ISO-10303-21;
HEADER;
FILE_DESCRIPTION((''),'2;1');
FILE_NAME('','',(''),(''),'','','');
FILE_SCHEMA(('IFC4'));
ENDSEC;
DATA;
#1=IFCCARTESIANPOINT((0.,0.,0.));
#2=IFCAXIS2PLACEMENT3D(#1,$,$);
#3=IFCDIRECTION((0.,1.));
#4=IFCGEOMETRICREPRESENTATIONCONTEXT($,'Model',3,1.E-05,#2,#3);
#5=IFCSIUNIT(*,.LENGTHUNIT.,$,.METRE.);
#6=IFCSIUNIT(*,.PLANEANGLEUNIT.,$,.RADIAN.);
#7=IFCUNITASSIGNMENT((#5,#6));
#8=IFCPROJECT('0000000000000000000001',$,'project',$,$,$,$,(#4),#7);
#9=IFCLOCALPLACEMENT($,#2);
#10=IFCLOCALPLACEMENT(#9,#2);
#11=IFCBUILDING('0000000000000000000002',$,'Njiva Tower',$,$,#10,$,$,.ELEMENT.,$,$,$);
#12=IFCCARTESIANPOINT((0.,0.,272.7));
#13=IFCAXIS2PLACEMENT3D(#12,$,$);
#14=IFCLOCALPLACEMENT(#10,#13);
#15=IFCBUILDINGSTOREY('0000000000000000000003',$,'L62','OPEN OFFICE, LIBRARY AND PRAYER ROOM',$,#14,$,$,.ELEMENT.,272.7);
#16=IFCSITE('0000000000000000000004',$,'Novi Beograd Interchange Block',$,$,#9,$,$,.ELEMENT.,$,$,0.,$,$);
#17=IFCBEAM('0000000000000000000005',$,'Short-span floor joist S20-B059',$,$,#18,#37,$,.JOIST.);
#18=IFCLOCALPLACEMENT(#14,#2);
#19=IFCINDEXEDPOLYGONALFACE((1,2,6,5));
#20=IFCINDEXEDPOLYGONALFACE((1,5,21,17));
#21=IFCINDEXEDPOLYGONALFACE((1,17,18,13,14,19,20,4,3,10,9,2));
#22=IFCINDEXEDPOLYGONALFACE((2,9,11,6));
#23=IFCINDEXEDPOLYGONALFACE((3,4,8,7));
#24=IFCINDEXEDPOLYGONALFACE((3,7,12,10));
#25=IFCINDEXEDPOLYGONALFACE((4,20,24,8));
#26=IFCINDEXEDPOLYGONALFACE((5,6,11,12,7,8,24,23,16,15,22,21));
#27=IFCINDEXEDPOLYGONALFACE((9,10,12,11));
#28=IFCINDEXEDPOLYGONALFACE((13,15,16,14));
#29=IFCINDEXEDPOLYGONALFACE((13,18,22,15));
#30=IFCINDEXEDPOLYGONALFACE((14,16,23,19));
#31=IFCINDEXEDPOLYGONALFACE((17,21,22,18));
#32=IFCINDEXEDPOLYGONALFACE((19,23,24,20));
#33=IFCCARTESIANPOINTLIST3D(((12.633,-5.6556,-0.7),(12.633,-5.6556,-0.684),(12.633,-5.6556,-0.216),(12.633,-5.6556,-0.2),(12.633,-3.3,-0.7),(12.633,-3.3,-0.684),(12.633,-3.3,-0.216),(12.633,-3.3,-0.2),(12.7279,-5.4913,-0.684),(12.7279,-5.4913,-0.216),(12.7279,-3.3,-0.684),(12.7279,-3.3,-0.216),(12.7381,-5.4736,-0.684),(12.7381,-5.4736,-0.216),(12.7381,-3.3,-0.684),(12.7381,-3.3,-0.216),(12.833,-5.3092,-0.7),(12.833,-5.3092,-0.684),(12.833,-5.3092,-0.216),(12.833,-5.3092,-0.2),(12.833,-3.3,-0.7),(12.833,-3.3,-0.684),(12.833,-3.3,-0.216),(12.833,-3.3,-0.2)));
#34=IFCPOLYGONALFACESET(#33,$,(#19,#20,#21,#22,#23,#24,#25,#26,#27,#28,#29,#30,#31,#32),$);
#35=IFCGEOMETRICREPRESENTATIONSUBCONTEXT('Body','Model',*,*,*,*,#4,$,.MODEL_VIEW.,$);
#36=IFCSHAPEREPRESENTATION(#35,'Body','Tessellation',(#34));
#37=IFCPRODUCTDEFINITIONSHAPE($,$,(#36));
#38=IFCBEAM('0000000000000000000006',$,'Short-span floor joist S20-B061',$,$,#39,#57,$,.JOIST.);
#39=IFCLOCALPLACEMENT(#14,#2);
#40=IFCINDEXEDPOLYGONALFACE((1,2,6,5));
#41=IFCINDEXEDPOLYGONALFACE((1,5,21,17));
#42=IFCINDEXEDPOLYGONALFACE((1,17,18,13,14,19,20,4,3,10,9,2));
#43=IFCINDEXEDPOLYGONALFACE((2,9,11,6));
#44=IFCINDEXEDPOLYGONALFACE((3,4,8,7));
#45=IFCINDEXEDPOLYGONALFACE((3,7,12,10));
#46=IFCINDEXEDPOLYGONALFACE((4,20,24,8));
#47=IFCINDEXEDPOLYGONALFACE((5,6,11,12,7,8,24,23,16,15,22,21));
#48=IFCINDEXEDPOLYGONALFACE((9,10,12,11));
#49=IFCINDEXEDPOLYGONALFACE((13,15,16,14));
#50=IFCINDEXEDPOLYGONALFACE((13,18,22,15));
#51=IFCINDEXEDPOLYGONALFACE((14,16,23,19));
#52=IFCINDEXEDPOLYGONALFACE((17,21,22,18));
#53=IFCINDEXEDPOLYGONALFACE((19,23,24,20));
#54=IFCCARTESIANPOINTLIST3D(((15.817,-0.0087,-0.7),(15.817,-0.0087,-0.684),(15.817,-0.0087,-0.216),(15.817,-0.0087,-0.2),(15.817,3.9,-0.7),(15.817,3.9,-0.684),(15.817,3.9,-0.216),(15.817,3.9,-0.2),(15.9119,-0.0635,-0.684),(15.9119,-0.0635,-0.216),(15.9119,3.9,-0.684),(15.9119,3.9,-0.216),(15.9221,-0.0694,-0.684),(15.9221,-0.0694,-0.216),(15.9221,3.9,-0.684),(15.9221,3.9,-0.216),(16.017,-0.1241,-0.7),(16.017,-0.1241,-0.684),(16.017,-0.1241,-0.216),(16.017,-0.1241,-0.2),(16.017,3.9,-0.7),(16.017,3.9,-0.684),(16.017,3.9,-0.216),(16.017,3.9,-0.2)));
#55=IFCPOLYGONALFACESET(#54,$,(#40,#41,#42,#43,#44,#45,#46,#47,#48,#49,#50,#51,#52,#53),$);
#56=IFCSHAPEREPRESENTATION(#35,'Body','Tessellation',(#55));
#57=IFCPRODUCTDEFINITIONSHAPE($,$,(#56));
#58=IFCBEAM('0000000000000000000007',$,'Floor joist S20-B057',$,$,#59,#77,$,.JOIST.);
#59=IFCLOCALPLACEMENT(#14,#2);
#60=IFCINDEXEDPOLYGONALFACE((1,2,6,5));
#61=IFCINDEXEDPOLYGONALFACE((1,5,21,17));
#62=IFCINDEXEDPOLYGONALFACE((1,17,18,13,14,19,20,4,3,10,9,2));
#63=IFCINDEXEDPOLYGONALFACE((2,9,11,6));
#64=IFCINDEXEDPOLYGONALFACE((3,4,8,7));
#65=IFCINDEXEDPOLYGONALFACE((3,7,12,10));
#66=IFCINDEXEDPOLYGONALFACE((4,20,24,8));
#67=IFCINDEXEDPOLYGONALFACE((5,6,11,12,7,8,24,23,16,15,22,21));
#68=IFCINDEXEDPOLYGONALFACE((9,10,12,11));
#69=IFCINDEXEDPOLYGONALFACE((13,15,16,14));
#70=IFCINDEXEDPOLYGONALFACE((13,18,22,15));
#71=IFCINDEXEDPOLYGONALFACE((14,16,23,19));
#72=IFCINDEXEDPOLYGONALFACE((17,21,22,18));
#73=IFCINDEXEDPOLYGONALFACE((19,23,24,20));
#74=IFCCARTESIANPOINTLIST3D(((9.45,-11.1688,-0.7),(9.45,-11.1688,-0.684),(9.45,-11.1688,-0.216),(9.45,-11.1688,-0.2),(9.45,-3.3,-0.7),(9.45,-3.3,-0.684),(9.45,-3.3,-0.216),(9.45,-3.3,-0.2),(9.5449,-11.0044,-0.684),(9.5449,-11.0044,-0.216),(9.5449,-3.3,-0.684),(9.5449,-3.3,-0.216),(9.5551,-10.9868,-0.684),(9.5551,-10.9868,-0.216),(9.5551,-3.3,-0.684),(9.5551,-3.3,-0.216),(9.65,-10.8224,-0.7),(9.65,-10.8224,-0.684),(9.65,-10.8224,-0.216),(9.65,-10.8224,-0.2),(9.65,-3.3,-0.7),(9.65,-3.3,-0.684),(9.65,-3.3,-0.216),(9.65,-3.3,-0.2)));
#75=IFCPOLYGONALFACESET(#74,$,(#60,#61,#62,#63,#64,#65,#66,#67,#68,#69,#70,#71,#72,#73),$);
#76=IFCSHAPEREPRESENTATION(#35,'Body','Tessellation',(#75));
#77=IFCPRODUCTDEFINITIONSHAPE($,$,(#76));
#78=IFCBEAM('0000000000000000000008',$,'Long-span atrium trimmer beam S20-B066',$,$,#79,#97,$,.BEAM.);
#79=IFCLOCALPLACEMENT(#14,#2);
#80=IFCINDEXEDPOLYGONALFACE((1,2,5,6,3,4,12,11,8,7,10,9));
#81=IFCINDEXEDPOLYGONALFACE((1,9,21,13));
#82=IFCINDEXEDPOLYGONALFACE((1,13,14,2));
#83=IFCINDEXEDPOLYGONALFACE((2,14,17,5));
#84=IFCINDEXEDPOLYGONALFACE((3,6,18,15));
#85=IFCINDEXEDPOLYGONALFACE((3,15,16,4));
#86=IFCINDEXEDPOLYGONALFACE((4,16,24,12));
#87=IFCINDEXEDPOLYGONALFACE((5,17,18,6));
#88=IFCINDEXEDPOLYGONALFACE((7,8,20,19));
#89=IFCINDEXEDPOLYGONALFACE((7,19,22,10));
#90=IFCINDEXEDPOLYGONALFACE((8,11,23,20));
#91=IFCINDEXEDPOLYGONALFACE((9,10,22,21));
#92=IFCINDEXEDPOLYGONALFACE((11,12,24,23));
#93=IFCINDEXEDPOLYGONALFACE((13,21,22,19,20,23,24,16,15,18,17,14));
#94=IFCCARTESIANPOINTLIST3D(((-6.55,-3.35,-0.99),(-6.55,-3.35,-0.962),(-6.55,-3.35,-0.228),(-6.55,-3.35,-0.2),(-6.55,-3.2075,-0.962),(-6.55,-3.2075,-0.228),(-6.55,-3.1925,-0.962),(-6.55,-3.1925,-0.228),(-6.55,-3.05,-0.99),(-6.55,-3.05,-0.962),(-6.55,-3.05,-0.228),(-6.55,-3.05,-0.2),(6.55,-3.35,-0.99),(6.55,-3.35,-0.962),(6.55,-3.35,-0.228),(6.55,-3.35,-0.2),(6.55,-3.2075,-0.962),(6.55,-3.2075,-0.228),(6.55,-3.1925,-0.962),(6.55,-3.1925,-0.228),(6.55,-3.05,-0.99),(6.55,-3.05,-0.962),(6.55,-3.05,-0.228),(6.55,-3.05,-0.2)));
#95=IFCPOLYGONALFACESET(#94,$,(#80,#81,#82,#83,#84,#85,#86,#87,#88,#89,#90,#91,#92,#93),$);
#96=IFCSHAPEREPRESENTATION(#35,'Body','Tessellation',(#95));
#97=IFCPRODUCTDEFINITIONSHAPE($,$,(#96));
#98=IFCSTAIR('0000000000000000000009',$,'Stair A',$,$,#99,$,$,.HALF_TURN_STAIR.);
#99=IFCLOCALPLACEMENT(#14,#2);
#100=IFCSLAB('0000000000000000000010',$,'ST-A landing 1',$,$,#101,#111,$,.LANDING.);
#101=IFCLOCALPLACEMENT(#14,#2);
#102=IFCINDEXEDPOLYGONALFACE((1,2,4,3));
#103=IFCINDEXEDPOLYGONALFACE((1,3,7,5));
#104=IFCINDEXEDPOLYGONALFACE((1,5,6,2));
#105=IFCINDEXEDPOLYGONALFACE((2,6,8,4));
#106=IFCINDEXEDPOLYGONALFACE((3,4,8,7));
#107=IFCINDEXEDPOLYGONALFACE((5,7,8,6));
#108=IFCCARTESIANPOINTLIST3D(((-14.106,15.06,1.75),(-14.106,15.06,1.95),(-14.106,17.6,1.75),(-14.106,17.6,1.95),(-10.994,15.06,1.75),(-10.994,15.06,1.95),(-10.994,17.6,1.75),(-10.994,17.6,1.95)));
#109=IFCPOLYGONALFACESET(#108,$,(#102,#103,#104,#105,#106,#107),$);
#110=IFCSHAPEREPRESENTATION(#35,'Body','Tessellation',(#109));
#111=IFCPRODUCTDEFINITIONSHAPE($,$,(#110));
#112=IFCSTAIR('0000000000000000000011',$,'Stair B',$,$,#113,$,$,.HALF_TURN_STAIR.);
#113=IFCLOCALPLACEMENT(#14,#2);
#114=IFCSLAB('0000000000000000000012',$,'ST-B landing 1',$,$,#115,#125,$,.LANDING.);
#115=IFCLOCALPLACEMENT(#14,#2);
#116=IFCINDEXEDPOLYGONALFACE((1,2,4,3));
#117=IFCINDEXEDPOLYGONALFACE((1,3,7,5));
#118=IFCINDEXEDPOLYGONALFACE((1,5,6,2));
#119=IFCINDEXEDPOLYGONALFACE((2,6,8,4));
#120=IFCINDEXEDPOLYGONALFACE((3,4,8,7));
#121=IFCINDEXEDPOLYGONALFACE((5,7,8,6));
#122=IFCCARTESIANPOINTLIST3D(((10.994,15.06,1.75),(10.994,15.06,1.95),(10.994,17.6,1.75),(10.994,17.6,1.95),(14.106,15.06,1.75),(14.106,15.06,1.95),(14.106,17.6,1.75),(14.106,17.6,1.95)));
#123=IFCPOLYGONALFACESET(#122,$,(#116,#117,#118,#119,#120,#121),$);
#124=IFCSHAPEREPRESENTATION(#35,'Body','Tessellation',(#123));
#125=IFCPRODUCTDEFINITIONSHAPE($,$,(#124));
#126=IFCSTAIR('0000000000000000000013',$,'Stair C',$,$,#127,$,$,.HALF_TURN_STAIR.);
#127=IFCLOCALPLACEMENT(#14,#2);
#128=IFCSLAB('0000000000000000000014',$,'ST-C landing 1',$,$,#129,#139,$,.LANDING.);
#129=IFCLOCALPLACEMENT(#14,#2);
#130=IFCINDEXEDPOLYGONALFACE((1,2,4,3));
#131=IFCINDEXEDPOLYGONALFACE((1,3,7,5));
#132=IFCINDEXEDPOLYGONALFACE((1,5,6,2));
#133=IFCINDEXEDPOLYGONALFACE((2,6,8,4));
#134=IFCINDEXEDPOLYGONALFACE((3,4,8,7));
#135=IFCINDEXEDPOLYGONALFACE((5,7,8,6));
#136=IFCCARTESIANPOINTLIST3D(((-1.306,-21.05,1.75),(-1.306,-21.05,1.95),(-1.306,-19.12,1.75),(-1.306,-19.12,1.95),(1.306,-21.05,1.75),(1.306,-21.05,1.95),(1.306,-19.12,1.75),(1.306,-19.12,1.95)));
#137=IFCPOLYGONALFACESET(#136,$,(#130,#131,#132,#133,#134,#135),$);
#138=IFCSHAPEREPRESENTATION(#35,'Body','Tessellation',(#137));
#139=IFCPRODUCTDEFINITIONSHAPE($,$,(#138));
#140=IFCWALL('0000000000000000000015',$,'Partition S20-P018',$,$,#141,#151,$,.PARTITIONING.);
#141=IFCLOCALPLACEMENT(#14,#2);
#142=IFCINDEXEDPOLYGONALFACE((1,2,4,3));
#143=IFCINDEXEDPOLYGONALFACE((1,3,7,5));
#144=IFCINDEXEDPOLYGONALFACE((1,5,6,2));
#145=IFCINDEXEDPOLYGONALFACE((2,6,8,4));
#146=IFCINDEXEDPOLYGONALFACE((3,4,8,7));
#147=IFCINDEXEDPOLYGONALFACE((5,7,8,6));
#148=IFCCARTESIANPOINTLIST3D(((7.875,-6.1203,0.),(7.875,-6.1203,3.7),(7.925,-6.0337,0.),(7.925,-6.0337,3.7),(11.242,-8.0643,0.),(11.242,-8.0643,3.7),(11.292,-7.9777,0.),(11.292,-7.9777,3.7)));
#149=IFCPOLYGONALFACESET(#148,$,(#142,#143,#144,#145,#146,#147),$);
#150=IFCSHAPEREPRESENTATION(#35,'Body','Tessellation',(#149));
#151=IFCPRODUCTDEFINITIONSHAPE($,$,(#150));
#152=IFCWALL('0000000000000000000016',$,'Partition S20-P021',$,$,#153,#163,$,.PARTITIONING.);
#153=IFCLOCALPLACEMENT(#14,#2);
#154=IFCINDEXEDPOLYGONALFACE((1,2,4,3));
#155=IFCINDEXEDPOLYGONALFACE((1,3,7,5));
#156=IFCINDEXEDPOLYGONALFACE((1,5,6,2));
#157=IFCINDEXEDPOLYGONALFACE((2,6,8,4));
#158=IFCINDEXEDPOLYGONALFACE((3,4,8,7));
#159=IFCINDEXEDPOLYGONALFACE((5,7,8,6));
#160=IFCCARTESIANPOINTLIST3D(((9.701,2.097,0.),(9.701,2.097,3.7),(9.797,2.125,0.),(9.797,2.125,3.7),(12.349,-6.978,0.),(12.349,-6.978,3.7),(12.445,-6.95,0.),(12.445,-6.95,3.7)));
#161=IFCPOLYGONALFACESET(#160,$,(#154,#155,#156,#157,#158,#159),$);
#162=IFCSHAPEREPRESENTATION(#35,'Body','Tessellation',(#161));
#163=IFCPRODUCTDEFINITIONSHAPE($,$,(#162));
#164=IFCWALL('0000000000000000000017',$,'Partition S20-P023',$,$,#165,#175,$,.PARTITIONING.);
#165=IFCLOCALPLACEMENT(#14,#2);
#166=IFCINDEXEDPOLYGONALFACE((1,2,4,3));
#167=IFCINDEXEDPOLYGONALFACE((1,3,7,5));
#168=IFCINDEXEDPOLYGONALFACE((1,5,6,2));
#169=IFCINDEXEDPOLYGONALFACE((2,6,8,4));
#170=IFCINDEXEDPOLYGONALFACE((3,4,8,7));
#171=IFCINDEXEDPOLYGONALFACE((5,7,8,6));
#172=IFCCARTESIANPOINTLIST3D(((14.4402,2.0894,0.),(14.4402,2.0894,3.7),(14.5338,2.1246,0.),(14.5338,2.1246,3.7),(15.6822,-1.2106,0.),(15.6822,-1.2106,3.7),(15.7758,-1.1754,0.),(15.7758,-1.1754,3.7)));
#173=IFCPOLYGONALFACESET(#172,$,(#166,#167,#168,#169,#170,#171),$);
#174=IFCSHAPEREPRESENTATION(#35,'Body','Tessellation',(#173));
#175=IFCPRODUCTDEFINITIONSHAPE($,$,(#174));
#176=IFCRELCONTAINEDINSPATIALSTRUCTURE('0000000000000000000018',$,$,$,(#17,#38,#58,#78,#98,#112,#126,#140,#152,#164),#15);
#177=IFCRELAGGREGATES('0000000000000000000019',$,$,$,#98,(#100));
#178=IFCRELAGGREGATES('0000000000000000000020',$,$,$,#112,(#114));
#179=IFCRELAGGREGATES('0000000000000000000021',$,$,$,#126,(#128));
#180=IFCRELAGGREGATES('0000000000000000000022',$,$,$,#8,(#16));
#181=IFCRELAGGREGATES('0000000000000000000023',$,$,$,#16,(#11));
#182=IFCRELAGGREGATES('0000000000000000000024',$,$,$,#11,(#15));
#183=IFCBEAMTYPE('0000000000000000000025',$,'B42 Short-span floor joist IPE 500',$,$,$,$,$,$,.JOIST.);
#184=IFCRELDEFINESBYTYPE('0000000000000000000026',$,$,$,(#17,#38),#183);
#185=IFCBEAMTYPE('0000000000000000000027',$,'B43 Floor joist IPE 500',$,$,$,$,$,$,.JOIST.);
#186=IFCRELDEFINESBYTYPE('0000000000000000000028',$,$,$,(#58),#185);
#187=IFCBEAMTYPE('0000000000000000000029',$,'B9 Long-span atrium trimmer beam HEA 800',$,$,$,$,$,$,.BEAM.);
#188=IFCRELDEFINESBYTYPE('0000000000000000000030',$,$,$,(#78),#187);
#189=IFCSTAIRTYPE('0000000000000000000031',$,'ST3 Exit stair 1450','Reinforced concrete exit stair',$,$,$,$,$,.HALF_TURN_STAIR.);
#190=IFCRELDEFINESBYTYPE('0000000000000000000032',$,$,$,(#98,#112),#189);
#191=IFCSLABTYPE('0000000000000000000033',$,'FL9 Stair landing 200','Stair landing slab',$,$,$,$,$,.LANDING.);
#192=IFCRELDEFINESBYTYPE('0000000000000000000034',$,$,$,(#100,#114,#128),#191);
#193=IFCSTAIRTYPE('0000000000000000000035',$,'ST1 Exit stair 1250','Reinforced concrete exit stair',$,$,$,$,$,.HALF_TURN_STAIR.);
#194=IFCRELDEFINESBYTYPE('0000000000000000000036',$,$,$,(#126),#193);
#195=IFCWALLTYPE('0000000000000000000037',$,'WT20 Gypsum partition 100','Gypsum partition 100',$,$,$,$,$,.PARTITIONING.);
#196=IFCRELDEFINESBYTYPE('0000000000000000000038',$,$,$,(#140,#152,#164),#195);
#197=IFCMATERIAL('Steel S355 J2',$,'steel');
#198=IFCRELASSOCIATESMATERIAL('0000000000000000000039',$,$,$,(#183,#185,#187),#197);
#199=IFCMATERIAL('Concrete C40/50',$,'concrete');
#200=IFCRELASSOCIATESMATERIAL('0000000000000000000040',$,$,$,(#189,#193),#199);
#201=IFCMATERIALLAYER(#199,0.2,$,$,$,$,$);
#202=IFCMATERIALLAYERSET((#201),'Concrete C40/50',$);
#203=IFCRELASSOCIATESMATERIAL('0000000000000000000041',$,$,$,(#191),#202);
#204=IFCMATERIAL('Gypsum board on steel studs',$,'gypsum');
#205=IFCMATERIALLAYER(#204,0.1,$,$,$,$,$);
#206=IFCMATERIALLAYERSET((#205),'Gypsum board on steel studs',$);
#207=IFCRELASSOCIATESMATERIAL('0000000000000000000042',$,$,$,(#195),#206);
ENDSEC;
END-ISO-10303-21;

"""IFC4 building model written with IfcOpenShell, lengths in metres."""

from ifc_helpers import new_model, si_unit, direction, frame, frame_2d, origin, origin_2d, place, context, subcontext, project, spatial, polyline, rectangle, i_section, outline, extrude, clip, halfspace, material, layer, layer_set, material_profile, profile_set, type_object, element, aggregate, save


model = new_model("IFC4")

# Units and contexts
model_context = context("Model", 3, precision=1e-05, world=origin(), true_north=direction((0.0, 1.0)))
body_context = subcontext(model_context, "Body", "Model", "MODEL_VIEW")
ifc_project = project(units=[si_unit("LENGTHUNIT", "METRE"), si_unit("PLANEANGLEUNIT", "RADIAN")], contexts=[model_context])

# Site, building, storey
site_placement = place(None, origin())
site = spatial("IfcSite", under=ifc_project, at=site_placement, Name="Novi Beograd Interchange Block", CompositionType="ELEMENT", RefElevation=0.0)
building_placement = place(site_placement, origin())
building = spatial("IfcBuilding", under=site, at=building_placement, Name="Njiva Tower", CompositionType="ELEMENT")
storey_placement = place(building_placement, frame((0.0, 0.0, 272.7)))
storey = spatial("IfcBuildingStorey", under=building, at=storey_placement, Name="L62", Description="OPEN OFFICE, LIBRARY AND PRAYER ROOM", CompositionType="ELEMENT", Elevation=272.7)

# Shared definitions
ifc_material_1 = material(Name="Steel S355 J2", Category="steel")

# Beams
ifc_material_profile_1 = material_profile(ifc_material_1, i_section(OverallWidth=0.2, OverallDepth=0.5, WebThickness=0.0102, FlangeThickness=0.016, at=origin_2d()), Name="IPE 500")
ifc_profile_set_1 = profile_set([ifc_material_profile_1], Name="Steel S355 J2")
beam_type_1 = type_object("IfcBeamType", Name="B42 Short-span floor joist IPE 500", PredefinedType="JOIST", material=ifc_profile_set_1)
beam_1_placement = place(storey_placement, frame((12.733, -3.3, -0.45), z_axis=(0.0, -1.0, 0.0), x_axis=(1.0, 0.0, 0.0)))
element("IfcBeam", 1, at=beam_1_placement, inside=storey, type_object=beam_type_1, Name="Short-span floor joist S20-B059", PredefinedType="JOIST", context=body_context, shape_type="Clipping", body=[
    clip(extrude(i_section(OverallWidth=0.2, OverallDepth=0.5, WebThickness=0.0102, FlangeThickness=0.016, at=origin_2d()), origin(), (0.0, 0.0, 1.0), 2.375), halfspace(frame((0.0436, 0.0, 2.1069), z_axis=(0.866027, 0.0, 0.499998), x_axis=(0.0, 1.0, 0.0)), False)),
])
beam_2_placement = place(storey_placement, frame((15.917, 3.9, -0.45), z_axis=(0.0, -1.0, 0.0), x_axis=(1.0, 0.0, 0.0)))
element("IfcBeam", 2, at=beam_2_placement, inside=storey, type_object=beam_type_1, Name="Short-span floor joist S20-B061", PredefinedType="JOIST", context=body_context, shape_type="Clipping", body=[
    clip(extrude(i_section(OverallWidth=0.2, OverallDepth=0.5, WebThickness=0.0102, FlangeThickness=0.016, at=origin_2d()), origin(), (0.0, 0.0, 1.0), 4.044), halfspace(frame((-0.0253, 0.0, 3.9518), z_axis=(-0.499998, 0.0, 0.866027), x_axis=(0.0, 1.0, 0.0)), False)),
])
ifc_material_profile_2 = material_profile(ifc_material_1, i_section(OverallWidth=0.2, OverallDepth=0.5, WebThickness=0.0102, FlangeThickness=0.016, at=origin_2d()), Name="IPE 500")
ifc_profile_set_2 = profile_set([ifc_material_profile_2], Name="Steel S355 J2")
beam_type_2 = type_object("IfcBeamType", Name="B43 Floor joist IPE 500", PredefinedType="JOIST", material=ifc_profile_set_2)
beam_3_placement = place(storey_placement, frame((9.55, -3.3, -0.45), z_axis=(0.0, -1.0, 0.0), x_axis=(1.0, 0.0, 0.0)))
element("IfcBeam", 3, at=beam_3_placement, inside=storey, type_object=beam_type_2, Name="Floor joist S20-B057", PredefinedType="JOIST", context=body_context, shape_type="Clipping", body=[
    clip(extrude(i_section(OverallWidth=0.2, OverallDepth=0.5, WebThickness=0.0102, FlangeThickness=0.016, at=origin_2d()), origin(), (0.0, 0.0, 1.0), 7.889), halfspace(frame((0.0433, 0.0, 7.6206), z_axis=(0.866027, 0.0, 0.499998), x_axis=(0.0, 1.0, 0.0)), False)),
])
ifc_material_profile_3 = material_profile(ifc_material_1, i_section(OverallWidth=0.3, OverallDepth=0.79, WebThickness=0.015, FlangeThickness=0.028, at=origin_2d()), Name="HEA 800")
ifc_profile_set_3 = profile_set([ifc_material_profile_3], Name="Steel S355 J2")
beam_type_3 = type_object("IfcBeamType", Name="B9 Long-span atrium trimmer beam HEA 800", PredefinedType="BEAM", material=ifc_profile_set_3)
beam_4_placement = place(storey_placement, frame((6.55, -3.2, -0.595), z_axis=(-1.0, 0.0, 0.0), x_axis=(0.0, -1.0, 0.0)))
element("IfcBeam", 4, at=beam_4_placement, inside=storey, type_object=beam_type_3, Name="Long-span atrium trimmer beam S20-B066", PredefinedType="BEAM", context=body_context, shape_type="SweptSolid", body=[
    extrude(i_section(OverallWidth=0.3, OverallDepth=0.79, WebThickness=0.015, FlangeThickness=0.028, at=origin_2d()), origin(), (0.0, 0.0, 1.0), 13.1),
])

# Stairs, slabs
ifc_material_2 = material(Name="Concrete C40/50", Category="concrete")
stair_type_1 = type_object("IfcStairType", Name="ST3 Exit stair 1450", Description="Reinforced concrete exit stair", PredefinedType="HALF_TURN_STAIR", material=ifc_material_2)
stair_1_placement = place(storey_placement, origin())
stair_1 = element("IfcStair", 5, at=stair_1_placement, inside=storey, type_object=stair_type_1, Name="Stair A", PredefinedType="HALF_TURN_STAIR")
ifc_layer_1 = layer(ifc_material_2, 0.2)
ifc_layer_set_1 = layer_set([ifc_layer_1], Name="Concrete C40/50")
slab_type = type_object("IfcSlabType", Name="FL9 Stair landing 200", Description="Stair landing slab", PredefinedType="LANDING", material=ifc_layer_set_1)
slab_1_placement = place(storey_placement, frame((0.0, 0.0, 1.75)))
slab_1 = element("IfcSlab", 6, at=slab_1_placement, type_object=slab_type, Name="ST-A landing 1", PredefinedType="LANDING", context=body_context, shape_type="SweptSolid", body=[
    extrude(outline(polyline([(-14.106, 15.06), (-10.994, 15.06), (-10.994, 17.6), (-14.106, 17.6), (-14.106, 15.06)])), origin(), (0.0, 0.0, 1.0), 0.2),
])
aggregate(stair_1, [slab_1])
stair_2_placement = place(storey_placement, origin())
stair_2 = element("IfcStair", 7, at=stair_2_placement, inside=storey, type_object=stair_type_1, Name="Stair B", PredefinedType="HALF_TURN_STAIR")
slab_2_placement = place(storey_placement, frame((0.0, 0.0, 1.75)))
slab_2 = element("IfcSlab", 8, at=slab_2_placement, type_object=slab_type, Name="ST-B landing 1", PredefinedType="LANDING", context=body_context, shape_type="SweptSolid", body=[
    extrude(outline(polyline([(10.994, 15.06), (14.106, 15.06), (14.106, 17.6), (10.994, 17.6), (10.994, 15.06)])), origin(), (0.0, 0.0, 1.0), 0.2),
])
aggregate(stair_2, [slab_2])
stair_type_2 = type_object("IfcStairType", Name="ST1 Exit stair 1250", Description="Reinforced concrete exit stair", PredefinedType="HALF_TURN_STAIR", material=ifc_material_2)
stair_3_placement = place(storey_placement, origin())
stair_3 = element("IfcStair", 9, at=stair_3_placement, inside=storey, type_object=stair_type_2, Name="Stair C", PredefinedType="HALF_TURN_STAIR")
slab_3_placement = place(storey_placement, frame((0.0, 0.0, 1.75)))
slab_3 = element("IfcSlab", 10, at=slab_3_placement, type_object=slab_type, Name="ST-C landing 1", PredefinedType="LANDING", context=body_context, shape_type="SweptSolid", body=[
    extrude(outline(polyline([(-1.306, -21.05), (1.306, -21.05), (1.306, -19.12), (-1.306, -19.12), (-1.306, -21.05)])), origin(), (0.0, 0.0, 1.0), 0.2),
])
aggregate(stair_3, [slab_3])

# Walls
ifc_material_3 = material(Name="Gypsum board on steel studs", Category="gypsum")
ifc_layer_2 = layer(ifc_material_3, 0.1)
ifc_layer_set_2 = layer_set([ifc_layer_2], Name="Gypsum board on steel studs")
wall_type_1 = type_object("IfcWallType", Name="WT20 Gypsum partition 100", Description="Gypsum partition 100", PredefinedType="PARTITIONING", material=ifc_layer_set_2)
wall_1_placement = place(storey_placement, frame((7.9, -6.077, 0.0), z_axis=(0.0, 0.0, 1.0), x_axis=(0.866019, -0.500012, 0.0)))
element("IfcWall", 11, at=wall_1_placement, inside=storey, type_object=wall_type_1, Name="Partition S20-P018", PredefinedType="PARTITIONING", context=body_context, shape_type="SweptSolid", body=[
    extrude(rectangle(XDim=3.8879, YDim=0.1, at=frame_2d((1.944, 0.0))), origin(), (0.0, 0.0, 1.0), 3.7),
])
wall_2_placement = place(storey_placement, frame((9.749, 2.111, 0.0), z_axis=(0.0, 0.0, 1.0), x_axis=(0.28011, -0.959968, 0.0)))
element("IfcWall", 12, at=wall_2_placement, inside=storey, type_object=wall_type_1, Name="Partition S20-P021", PredefinedType="PARTITIONING", context=body_context, shape_type="SweptSolid", body=[
    extrude(rectangle(XDim=9.4534, YDim=0.1, at=frame_2d((4.7267, 0.0))), origin(), (0.0, 0.0, 1.0), 3.7),
])
wall_3_placement = place(storey_placement, frame((14.487, 2.107, 0.0), z_axis=(0.0, 0.0, 1.0), x_axis=(0.352242, -0.935909, 0.0)))
element("IfcWall", 13, at=wall_3_placement, inside=storey, type_object=wall_type_1, Name="Partition S20-P023", PredefinedType="PARTITIONING", context=body_context, shape_type="SweptSolid", body=[
    extrude(rectangle(XDim=3.526, YDim=0.1, at=frame_2d((1.763, 0.0))), origin(), (0.0, 0.0, 1.0), 3.7),
])

save(model, "model.ifc")
